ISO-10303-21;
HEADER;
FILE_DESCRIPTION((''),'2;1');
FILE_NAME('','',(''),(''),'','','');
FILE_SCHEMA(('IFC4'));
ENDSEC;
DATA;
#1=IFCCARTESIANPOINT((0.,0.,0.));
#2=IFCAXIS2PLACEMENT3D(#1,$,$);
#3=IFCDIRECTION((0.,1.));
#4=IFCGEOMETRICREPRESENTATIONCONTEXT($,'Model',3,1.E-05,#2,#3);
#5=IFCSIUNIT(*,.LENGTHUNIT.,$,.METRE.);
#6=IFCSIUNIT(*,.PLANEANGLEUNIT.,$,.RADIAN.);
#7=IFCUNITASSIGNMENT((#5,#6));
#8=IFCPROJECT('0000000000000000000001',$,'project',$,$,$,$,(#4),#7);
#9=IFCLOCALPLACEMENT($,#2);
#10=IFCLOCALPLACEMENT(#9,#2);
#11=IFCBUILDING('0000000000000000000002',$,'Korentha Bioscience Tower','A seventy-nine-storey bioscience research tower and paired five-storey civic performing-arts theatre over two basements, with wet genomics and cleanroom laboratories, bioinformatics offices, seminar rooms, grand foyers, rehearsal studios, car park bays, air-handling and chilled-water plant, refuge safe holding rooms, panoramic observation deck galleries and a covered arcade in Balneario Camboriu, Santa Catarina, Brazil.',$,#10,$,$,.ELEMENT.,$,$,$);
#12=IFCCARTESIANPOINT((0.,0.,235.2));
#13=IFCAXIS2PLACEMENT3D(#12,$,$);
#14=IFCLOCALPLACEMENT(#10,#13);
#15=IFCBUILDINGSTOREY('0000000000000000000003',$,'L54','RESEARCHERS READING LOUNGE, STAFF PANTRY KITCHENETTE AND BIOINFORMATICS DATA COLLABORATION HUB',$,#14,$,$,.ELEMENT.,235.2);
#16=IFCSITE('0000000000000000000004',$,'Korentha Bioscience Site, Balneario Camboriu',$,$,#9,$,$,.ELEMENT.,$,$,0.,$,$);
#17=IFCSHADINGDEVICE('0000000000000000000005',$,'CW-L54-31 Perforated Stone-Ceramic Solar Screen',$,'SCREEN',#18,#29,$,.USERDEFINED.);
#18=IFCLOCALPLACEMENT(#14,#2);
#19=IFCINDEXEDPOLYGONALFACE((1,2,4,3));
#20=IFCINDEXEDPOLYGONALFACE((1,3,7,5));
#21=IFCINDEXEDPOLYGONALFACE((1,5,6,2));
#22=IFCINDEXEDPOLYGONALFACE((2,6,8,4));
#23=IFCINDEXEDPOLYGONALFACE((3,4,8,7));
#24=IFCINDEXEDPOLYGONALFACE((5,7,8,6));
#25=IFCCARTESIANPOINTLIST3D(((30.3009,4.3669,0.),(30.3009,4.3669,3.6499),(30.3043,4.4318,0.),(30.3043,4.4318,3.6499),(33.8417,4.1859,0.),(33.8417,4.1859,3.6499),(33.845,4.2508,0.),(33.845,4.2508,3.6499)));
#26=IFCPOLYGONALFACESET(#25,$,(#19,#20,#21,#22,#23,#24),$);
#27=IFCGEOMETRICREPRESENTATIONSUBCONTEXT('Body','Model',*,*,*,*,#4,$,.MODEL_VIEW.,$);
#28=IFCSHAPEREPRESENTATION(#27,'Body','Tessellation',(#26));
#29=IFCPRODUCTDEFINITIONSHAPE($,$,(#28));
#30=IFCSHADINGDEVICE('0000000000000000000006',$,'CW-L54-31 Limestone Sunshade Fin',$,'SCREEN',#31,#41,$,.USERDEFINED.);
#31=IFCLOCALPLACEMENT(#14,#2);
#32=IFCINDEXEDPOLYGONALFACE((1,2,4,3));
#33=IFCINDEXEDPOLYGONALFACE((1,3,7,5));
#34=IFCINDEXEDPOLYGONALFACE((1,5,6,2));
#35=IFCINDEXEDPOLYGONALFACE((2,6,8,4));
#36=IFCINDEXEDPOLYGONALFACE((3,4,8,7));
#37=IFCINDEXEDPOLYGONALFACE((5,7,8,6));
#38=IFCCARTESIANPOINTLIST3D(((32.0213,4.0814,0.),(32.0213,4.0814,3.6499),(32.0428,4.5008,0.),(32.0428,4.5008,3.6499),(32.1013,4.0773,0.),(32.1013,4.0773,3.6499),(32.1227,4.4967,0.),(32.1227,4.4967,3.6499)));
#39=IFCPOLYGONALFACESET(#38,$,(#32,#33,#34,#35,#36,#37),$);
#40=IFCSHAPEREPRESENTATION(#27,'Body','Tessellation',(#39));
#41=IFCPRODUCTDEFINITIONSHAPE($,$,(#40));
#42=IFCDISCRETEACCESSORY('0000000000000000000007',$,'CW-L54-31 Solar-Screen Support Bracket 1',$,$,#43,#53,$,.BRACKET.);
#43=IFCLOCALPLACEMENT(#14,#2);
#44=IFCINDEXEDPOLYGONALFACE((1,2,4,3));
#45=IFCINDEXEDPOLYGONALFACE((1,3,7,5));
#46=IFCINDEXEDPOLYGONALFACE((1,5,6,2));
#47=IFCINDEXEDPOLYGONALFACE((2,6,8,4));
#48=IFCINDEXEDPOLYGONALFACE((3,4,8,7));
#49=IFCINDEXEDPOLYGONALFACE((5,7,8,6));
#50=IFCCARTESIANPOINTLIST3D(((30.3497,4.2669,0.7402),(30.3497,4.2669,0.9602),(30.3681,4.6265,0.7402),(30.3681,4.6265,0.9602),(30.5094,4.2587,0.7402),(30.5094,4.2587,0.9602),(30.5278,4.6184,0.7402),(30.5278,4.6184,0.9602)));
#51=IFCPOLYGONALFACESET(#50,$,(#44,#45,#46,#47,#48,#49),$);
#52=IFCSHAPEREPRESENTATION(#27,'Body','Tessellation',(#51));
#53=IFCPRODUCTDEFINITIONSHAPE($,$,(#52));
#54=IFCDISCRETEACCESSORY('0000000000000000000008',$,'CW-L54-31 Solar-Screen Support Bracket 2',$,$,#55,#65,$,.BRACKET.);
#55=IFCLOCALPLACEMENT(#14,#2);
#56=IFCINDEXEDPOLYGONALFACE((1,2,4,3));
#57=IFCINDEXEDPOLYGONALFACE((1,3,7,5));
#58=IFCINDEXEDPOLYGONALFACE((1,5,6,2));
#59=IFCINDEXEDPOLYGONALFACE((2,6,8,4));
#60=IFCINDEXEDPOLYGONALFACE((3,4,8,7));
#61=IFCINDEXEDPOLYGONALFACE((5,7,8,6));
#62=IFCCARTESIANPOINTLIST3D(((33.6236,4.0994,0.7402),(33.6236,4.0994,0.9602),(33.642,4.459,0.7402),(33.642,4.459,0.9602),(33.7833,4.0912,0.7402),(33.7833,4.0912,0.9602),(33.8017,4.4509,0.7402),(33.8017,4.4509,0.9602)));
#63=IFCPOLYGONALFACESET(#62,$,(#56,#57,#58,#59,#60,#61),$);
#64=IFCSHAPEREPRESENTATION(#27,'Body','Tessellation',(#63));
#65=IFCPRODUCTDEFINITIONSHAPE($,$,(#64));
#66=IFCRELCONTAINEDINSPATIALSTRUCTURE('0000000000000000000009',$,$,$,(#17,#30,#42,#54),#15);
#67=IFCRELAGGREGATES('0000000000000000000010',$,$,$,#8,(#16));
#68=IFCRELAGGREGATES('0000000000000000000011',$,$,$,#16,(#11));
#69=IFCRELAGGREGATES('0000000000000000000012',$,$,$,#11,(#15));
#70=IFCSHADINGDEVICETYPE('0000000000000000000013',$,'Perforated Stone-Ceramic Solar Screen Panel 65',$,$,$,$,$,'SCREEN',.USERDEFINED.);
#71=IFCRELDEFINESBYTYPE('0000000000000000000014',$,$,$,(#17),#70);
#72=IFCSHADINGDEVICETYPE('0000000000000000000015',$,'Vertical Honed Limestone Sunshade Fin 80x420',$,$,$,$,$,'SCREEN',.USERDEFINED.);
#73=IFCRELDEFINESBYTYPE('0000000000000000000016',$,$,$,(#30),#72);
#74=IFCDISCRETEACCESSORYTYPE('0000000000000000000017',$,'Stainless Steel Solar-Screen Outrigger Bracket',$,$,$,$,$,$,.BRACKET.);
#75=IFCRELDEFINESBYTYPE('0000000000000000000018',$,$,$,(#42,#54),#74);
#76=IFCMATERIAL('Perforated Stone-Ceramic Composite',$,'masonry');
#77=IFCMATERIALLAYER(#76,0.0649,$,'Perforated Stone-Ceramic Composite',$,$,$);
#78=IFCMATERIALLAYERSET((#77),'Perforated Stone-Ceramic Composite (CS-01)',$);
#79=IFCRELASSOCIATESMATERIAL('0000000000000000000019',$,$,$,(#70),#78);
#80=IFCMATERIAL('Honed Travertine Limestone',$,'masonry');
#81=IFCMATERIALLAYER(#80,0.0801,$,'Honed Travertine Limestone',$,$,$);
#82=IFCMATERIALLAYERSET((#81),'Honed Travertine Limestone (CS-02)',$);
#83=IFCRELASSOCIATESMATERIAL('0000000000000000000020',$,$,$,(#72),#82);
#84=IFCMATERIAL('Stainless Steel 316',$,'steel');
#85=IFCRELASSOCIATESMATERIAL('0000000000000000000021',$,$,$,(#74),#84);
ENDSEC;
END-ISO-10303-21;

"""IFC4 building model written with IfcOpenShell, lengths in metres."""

from ifc_helpers import new_model, si_unit, direction, frame, origin, origin_2d, place, context, subcontext, project, spatial, rectangle, extrude, material, layer, layer_set, type_object, element, save


model = new_model("IFC4")

# Units and contexts
model_context = context("Model", 3, precision=1e-05, world=origin(), true_north=direction((0.0, 1.0)))
body_context = subcontext(model_context, "Body", "Model", "MODEL_VIEW")
ifc_project = project(units=[si_unit("LENGTHUNIT", "METRE"), si_unit("PLANEANGLEUNIT", "RADIAN")], contexts=[model_context])

# Site, building, storey
site_placement = place(None, origin())
site = spatial("IfcSite", under=ifc_project, at=site_placement, Name="Korentha Bioscience Site, Balneario Camboriu", CompositionType="ELEMENT", RefElevation=0.0)
building_placement = place(site_placement, origin())
building = spatial("IfcBuilding", under=site, at=building_placement, Name="Korentha Bioscience Tower", Description="A seventy-nine-storey bioscience research tower and paired five-storey civic performing-arts theatre over two basements, with wet genomics and cleanroom laboratories, bioinformatics offices, seminar rooms, grand foyers, rehearsal studios, car park bays, air-handling and chilled-water plant, refuge safe holding rooms, panoramic observation deck galleries and a covered arcade in Balneario Camboriu, Santa Catarina, Brazil.", CompositionType="ELEMENT")
storey_placement = place(building_placement, frame((0.0, 0.0, 235.2)))
storey = spatial("IfcBuildingStorey", under=building, at=storey_placement, Name="L54", Description="RESEARCHERS READING LOUNGE, STAFF PANTRY KITCHENETTE AND BIOINFORMATICS DATA COLLABORATION HUB", CompositionType="ELEMENT", Elevation=235.2)

# Shading devices
ifc_material_1 = material(Name="Perforated Stone-Ceramic Composite", Category="masonry")
ifc_layer_1 = layer(ifc_material_1, 0.0649, Name="Perforated Stone-Ceramic Composite")
ifc_layer_set_1 = layer_set([ifc_layer_1], Name="Perforated Stone-Ceramic Composite (CS-01)")
shading_device_type_1 = type_object("IfcShadingDeviceType", Name="Perforated Stone-Ceramic Solar Screen Panel 65", ElementType="SCREEN", PredefinedType="USERDEFINED", material=ifc_layer_set_1)
shading_device_1_placement = place(storey_placement, frame((32.073, 4.3088, 0.0), z_axis=(0.0, 0.0, 1.0), x_axis=(0.998696, -0.051055, 0.0)))
element("IfcShadingDevice", 1, at=shading_device_1_placement, inside=storey, type_object=shading_device_type_1, Name="CW-L54-31 Perforated Stone-Ceramic Solar Screen", ObjectType="SCREEN", PredefinedType="USERDEFINED", context=body_context, shape_type="SweptSolid", body=[
    extrude(rectangle(XDim=3.5454, YDim=0.0649, at=origin_2d()), origin(), (0.0, 0.0, 1.0), 3.6499),
])
ifc_material_2 = material(Name="Honed Travertine Limestone", Category="masonry")
ifc_layer_2 = layer(ifc_material_2, 0.0801, Name="Honed Travertine Limestone")
ifc_layer_set_2 = layer_set([ifc_layer_2], Name="Honed Travertine Limestone (CS-02)")
shading_device_type_2 = type_object("IfcShadingDeviceType", Name="Vertical Honed Limestone Sunshade Fin 80x420", ElementType="SCREEN", PredefinedType="USERDEFINED", material=ifc_layer_set_2)
shading_device_2_placement = place(storey_placement, frame((32.072, 4.2891, 0.0), z_axis=(0.0, 0.0, 1.0), x_axis=(0.998696, -0.051055, 0.0)))
element("IfcShadingDevice", 2, at=shading_device_2_placement, inside=storey, type_object=shading_device_type_2, Name="CW-L54-31 Limestone Sunshade Fin", ObjectType="SCREEN", PredefinedType="USERDEFINED", context=body_context, shape_type="SweptSolid", body=[
    extrude(rectangle(XDim=0.0801, YDim=0.4199, at=origin_2d()), origin(), (0.0, 0.0, 1.0), 3.6499),
])

# Discrete accessories
ifc_material_3 = material(Name="Stainless Steel 316", Category="steel")
discrete_accessory_type = type_object("IfcDiscreteAccessoryType", Name="Stainless Steel Solar-Screen Outrigger Bracket", PredefinedType="BRACKET", material=ifc_material_3)
for number, where, z_axis, x_axis, name in (
    (3, (30.4387, 4.4426, 0.7402), (0.0, 0.0, 1.0), (0.998696, -0.051055, 0.0), "CW-L54-31 Solar-Screen Support Bracket 1"),
    (4, (33.7126, 4.2751, 0.7402), (0.0, 0.0, 1.0), (0.998696, -0.051055, 0.0), "CW-L54-31 Solar-Screen Support Bracket 2"),
):
    element("IfcDiscreteAccessory", number, at=place(storey_placement, frame(where, z_axis=z_axis, x_axis=x_axis)), inside=storey, type_object=discrete_accessory_type, Name=name, PredefinedType="BRACKET", context=body_context, shape_type="SweptSolid", body=[
        extrude(rectangle(XDim=0.1599, YDim=0.3601, at=origin_2d()), origin(), (0.0, 0.0, 1.0), 0.22),
    ])

save(model, "model.ifc")
